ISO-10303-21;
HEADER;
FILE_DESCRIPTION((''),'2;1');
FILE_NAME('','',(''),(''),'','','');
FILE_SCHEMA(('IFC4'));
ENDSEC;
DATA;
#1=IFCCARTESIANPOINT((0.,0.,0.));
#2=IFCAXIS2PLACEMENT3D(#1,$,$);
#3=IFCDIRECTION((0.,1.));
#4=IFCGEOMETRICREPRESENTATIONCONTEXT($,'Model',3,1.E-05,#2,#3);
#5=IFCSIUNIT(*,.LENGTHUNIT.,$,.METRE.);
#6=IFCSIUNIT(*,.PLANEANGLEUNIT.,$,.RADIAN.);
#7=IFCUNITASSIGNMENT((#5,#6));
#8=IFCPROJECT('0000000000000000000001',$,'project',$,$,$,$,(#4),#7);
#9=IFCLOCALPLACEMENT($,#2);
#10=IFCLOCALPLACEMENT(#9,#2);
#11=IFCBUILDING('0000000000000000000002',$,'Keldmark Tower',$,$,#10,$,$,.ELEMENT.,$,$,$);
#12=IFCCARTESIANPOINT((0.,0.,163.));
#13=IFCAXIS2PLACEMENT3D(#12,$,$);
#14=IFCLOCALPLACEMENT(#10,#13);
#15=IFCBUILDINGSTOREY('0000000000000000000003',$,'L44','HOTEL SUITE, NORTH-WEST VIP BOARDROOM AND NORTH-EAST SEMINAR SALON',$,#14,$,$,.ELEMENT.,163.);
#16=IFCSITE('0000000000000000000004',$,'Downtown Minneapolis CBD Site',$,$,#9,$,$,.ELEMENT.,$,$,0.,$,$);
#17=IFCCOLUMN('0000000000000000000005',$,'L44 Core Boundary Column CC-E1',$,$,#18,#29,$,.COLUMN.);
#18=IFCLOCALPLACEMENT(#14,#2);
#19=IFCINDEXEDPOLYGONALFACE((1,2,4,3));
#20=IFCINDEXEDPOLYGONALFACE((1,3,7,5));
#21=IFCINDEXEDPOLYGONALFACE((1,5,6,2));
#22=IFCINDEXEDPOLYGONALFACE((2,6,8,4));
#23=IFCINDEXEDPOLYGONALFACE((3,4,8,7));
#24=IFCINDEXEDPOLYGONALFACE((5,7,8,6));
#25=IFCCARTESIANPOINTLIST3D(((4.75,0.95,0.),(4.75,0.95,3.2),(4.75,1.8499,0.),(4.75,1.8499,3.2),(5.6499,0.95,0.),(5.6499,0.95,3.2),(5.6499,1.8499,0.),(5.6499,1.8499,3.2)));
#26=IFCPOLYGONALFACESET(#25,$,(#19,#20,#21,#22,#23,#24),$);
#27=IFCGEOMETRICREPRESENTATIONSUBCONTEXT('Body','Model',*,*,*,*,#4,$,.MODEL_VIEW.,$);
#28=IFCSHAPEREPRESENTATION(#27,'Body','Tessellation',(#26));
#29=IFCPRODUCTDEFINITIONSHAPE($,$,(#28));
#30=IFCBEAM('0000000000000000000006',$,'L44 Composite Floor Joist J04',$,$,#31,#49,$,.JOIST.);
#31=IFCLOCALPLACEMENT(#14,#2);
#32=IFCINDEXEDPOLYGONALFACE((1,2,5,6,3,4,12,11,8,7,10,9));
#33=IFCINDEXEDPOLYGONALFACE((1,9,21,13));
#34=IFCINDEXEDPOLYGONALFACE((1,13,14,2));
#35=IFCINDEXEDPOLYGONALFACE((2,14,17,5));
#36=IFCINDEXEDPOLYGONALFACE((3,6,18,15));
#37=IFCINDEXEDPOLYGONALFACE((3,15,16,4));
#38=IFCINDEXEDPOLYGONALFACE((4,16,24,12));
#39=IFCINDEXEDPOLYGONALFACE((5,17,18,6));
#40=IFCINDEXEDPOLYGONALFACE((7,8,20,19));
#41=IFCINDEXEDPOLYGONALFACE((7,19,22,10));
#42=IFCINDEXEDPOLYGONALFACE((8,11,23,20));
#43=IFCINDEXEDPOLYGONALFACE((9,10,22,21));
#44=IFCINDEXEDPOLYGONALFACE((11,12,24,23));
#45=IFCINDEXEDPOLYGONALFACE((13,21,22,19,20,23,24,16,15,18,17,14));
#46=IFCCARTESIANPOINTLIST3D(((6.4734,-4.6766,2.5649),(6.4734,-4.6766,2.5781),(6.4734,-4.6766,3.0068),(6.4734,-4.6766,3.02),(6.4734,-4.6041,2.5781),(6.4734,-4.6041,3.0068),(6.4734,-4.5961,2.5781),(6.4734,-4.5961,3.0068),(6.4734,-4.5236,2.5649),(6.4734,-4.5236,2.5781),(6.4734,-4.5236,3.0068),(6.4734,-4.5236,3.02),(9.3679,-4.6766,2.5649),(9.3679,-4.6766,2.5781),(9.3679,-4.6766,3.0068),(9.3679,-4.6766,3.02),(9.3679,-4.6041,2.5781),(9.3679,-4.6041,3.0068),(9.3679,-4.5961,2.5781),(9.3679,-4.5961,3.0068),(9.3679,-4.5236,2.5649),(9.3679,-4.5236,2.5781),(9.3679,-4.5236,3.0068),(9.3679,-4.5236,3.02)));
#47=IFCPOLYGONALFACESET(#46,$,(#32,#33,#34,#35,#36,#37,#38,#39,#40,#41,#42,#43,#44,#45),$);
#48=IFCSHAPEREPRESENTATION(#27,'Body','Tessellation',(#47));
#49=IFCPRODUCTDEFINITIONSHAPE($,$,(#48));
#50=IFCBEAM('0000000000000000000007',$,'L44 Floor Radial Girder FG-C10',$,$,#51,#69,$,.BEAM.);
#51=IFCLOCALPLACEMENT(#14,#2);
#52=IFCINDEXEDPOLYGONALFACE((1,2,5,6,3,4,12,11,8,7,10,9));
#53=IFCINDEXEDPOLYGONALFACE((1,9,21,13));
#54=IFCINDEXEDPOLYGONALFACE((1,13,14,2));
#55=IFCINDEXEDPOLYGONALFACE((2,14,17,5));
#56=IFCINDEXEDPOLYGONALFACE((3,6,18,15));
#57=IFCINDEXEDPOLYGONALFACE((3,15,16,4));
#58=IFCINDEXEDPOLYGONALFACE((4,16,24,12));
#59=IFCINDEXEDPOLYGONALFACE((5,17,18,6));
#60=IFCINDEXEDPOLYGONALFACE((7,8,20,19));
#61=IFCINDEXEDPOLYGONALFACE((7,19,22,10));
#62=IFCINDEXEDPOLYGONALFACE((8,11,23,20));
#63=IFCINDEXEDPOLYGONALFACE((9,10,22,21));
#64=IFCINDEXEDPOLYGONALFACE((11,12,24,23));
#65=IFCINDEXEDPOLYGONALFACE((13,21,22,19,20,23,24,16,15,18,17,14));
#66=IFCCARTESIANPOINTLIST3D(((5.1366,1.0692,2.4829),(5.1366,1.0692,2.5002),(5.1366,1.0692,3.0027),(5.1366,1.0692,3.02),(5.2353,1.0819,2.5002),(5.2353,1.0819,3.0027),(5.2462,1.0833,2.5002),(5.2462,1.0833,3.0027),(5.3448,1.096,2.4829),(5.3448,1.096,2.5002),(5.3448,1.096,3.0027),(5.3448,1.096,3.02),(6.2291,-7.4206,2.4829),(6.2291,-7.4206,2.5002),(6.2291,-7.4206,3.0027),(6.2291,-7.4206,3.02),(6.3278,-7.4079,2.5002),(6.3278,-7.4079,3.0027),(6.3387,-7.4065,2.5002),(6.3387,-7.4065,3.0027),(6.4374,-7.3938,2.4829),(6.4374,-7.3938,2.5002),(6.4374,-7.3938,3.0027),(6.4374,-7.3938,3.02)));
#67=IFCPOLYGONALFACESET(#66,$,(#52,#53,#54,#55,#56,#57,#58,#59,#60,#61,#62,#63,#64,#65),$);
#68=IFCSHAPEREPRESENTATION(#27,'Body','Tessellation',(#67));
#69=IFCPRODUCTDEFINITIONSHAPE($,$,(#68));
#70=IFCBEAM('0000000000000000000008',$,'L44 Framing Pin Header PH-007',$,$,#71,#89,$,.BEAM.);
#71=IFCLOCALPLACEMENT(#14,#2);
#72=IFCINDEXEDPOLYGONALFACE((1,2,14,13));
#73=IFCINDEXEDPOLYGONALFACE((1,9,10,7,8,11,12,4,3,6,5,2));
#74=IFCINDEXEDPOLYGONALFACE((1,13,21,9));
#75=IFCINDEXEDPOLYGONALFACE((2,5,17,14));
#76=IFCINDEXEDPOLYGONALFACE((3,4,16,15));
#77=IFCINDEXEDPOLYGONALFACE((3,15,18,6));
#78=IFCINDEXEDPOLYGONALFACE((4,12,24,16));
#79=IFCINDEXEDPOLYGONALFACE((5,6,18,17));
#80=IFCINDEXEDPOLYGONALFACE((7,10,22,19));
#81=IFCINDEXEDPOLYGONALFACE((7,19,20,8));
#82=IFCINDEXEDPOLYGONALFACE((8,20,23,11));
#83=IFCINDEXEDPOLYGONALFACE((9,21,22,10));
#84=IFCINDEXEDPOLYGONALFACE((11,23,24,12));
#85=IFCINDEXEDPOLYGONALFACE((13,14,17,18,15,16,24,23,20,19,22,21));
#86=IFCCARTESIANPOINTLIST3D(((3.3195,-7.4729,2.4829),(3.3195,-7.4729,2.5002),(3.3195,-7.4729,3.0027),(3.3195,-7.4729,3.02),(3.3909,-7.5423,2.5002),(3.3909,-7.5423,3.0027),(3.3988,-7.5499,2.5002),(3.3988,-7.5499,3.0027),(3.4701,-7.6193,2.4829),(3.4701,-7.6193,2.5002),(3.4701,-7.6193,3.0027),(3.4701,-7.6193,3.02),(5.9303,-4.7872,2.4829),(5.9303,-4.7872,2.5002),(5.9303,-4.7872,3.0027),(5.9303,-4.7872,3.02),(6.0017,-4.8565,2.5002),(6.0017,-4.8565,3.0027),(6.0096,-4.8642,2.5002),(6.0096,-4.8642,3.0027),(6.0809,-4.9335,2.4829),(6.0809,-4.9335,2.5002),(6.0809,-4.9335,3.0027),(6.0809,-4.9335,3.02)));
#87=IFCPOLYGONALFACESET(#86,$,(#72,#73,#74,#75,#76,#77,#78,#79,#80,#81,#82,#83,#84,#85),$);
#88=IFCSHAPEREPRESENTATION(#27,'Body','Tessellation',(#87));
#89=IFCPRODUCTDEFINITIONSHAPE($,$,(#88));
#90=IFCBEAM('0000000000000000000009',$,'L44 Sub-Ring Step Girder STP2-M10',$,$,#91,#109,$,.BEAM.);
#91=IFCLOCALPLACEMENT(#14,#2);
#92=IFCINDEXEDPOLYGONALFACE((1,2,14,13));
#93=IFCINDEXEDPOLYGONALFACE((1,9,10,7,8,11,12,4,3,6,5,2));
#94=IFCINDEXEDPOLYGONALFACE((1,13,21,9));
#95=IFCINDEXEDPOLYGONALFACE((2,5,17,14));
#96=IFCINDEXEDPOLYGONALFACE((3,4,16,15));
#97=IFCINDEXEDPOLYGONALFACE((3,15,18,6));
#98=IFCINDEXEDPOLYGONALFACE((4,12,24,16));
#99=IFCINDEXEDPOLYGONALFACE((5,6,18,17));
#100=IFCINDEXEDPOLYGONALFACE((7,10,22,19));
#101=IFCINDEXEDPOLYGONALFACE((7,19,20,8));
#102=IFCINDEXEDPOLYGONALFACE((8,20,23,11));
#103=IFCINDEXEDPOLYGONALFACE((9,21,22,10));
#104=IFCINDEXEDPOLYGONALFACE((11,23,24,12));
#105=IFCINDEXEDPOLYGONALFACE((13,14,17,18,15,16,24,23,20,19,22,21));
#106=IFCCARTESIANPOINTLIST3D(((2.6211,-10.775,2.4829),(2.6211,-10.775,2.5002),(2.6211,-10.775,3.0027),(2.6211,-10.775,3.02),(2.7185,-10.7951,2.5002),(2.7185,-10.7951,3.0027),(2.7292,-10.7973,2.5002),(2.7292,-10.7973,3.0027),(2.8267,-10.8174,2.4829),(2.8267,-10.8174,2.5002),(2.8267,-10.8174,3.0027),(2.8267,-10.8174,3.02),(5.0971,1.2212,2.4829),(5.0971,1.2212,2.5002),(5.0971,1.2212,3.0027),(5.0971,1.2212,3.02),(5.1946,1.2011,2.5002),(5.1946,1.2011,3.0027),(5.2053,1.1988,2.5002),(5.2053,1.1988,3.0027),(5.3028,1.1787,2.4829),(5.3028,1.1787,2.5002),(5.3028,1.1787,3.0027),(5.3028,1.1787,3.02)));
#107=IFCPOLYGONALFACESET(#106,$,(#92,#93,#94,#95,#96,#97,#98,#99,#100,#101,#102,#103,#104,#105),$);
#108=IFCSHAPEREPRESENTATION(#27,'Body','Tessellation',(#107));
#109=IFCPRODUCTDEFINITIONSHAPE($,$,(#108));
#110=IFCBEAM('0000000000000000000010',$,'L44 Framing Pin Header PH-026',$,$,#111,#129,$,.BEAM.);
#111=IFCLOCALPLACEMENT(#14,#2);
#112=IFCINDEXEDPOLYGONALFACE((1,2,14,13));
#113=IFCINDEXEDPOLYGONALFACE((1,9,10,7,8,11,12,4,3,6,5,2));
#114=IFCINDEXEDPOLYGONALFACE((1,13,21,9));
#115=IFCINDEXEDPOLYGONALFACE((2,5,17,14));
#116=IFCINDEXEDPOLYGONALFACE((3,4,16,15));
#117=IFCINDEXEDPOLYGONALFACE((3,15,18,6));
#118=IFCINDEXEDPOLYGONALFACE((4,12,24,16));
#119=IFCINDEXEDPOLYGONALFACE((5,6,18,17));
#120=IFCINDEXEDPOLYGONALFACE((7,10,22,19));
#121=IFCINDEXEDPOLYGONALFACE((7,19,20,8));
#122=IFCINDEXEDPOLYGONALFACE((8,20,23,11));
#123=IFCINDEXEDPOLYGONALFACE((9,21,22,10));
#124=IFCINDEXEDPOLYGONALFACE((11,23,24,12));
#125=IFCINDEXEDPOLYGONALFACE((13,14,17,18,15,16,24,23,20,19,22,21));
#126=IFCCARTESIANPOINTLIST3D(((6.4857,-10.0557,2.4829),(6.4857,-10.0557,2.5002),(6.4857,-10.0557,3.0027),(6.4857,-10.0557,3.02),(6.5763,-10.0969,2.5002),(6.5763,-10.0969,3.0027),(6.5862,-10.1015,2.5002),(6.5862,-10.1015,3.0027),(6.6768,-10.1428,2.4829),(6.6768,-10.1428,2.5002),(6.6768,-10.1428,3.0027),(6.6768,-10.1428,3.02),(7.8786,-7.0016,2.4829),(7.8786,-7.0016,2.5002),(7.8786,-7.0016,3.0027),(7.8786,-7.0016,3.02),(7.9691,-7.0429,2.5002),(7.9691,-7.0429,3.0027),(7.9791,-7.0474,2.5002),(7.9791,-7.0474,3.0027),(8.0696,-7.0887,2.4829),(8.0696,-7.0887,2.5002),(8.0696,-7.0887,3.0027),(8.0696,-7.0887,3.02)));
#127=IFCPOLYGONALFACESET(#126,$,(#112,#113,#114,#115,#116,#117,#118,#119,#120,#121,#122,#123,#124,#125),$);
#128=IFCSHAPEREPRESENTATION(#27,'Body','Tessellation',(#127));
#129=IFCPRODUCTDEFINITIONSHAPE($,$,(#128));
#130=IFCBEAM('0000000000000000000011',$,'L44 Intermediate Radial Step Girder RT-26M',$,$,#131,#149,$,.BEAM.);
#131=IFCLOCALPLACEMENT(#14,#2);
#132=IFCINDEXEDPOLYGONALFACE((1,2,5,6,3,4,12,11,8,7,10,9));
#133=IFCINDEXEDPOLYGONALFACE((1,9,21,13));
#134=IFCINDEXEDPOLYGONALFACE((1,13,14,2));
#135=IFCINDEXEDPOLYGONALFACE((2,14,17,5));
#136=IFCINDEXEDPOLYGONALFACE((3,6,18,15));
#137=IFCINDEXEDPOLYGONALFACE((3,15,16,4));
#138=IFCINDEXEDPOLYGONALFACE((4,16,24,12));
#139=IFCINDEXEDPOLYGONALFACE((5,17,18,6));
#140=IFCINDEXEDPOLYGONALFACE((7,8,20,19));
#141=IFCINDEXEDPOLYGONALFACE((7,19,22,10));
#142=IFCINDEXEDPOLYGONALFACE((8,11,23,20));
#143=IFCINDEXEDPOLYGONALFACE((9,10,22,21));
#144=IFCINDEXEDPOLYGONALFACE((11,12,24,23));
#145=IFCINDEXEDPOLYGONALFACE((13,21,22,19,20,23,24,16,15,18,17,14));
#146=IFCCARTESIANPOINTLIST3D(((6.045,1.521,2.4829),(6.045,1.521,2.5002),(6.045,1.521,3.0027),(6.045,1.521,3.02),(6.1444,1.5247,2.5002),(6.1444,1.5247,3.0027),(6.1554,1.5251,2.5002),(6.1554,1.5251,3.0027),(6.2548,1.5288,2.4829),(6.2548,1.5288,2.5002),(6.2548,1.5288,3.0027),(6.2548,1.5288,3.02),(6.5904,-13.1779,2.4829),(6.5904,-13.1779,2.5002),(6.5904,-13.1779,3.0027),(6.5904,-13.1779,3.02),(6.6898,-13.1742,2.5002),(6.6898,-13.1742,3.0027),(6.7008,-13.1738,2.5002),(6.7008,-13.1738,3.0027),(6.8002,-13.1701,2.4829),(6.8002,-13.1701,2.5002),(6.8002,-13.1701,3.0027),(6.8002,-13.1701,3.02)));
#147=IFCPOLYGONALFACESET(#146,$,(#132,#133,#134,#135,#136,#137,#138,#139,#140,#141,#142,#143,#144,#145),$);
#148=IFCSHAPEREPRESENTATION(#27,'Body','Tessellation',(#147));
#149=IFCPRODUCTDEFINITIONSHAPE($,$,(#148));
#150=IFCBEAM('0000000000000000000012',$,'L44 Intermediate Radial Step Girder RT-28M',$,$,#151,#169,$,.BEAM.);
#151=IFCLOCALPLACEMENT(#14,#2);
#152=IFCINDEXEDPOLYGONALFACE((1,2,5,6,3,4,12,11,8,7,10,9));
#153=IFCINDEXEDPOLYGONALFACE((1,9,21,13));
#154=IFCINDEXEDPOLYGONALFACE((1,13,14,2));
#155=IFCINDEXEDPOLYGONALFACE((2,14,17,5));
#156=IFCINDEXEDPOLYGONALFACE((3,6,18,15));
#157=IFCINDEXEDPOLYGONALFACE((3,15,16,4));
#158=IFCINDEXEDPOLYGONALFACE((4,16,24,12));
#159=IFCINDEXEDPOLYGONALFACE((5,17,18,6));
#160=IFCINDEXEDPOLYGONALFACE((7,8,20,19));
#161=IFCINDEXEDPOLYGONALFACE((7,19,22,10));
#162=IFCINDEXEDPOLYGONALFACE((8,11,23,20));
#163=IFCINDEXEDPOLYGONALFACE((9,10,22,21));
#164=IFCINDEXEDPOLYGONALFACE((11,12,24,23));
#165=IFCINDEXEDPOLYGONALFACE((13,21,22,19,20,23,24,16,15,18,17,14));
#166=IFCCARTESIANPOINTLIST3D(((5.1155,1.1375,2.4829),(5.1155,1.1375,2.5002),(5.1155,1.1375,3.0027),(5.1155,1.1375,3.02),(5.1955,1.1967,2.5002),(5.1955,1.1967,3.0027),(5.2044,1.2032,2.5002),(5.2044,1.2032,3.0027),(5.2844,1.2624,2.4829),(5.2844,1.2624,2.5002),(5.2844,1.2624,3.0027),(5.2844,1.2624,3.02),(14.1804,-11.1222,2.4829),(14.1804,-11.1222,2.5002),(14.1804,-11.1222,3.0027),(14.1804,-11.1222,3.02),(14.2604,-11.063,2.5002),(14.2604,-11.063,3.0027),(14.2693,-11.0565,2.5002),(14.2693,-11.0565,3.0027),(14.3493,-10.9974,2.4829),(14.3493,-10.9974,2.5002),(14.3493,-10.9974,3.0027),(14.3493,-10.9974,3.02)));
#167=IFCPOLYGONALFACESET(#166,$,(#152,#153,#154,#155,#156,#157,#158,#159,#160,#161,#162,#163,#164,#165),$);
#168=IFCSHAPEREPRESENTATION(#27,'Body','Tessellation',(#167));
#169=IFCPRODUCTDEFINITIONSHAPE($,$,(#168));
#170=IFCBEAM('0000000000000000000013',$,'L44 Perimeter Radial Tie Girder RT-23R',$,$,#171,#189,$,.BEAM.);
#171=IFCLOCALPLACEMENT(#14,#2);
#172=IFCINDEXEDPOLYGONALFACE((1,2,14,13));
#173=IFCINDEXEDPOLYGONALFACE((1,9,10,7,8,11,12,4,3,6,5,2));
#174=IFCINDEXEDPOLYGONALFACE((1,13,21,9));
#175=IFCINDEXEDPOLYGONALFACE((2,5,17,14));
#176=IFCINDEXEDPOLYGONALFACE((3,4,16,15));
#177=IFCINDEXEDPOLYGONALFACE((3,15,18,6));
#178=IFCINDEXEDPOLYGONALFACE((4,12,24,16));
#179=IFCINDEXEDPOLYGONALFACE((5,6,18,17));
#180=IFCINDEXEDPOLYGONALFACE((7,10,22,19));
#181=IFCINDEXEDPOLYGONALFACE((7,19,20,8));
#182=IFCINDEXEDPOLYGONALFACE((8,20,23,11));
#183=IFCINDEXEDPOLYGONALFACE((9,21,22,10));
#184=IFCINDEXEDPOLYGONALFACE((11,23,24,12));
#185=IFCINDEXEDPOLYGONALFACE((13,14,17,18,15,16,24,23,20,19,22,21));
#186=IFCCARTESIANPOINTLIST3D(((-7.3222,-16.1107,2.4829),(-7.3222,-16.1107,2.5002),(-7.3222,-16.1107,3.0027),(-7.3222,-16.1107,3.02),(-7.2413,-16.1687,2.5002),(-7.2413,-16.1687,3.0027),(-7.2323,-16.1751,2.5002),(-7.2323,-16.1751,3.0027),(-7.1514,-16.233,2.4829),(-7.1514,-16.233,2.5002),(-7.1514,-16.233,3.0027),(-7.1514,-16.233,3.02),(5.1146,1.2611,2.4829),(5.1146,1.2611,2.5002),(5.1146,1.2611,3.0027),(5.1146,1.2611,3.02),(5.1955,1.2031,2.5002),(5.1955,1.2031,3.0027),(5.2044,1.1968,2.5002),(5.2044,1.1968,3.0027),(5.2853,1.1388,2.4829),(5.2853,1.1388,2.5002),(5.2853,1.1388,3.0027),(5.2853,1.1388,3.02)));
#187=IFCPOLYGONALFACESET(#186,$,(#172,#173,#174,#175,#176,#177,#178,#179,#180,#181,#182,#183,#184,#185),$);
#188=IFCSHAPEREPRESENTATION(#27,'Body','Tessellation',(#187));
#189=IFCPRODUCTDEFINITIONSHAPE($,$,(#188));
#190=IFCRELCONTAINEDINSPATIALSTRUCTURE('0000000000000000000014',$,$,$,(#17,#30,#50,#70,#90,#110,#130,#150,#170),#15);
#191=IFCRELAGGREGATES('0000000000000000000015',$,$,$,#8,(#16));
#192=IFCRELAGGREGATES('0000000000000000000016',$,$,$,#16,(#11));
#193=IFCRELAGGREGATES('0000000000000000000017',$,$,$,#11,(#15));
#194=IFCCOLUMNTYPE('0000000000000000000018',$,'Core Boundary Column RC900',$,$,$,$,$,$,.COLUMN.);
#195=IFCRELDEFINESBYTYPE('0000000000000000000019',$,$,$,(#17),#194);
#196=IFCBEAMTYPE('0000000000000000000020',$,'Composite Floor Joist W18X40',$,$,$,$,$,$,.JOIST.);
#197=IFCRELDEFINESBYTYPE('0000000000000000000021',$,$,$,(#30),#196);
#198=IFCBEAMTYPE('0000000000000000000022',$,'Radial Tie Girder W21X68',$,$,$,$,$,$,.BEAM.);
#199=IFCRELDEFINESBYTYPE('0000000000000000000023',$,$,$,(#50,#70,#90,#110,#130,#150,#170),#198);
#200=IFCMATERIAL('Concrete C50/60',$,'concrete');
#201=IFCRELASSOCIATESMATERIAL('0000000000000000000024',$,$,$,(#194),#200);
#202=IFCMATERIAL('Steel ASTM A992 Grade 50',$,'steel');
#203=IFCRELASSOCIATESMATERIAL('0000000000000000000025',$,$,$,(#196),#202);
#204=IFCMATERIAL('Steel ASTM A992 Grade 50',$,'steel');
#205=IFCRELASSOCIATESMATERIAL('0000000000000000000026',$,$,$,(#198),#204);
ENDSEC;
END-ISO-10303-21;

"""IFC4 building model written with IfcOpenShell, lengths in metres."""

from ifc_helpers import new_model, si_unit, direction, frame, origin, origin_2d, place, context, subcontext, project, spatial, rectangle, i_section, extrude, material, material_profile, profile_set, type_object, element, save


model = new_model("IFC4")

# Units and contexts
model_context = context("Model", 3, precision=1e-05, world=origin(), true_north=direction((0.0, 1.0)))
body_context = subcontext(model_context, "Body", "Model", "MODEL_VIEW")
ifc_project = project(units=[si_unit("LENGTHUNIT", "METRE"), si_unit("PLANEANGLEUNIT", "RADIAN")], contexts=[model_context])

# Site, building, storey
site_placement = place(None, origin())
site = spatial("IfcSite", under=ifc_project, at=site_placement, Name="Downtown Minneapolis CBD Site", CompositionType="ELEMENT", RefElevation=0.0)
building_placement = place(site_placement, origin())
building = spatial("IfcBuilding", under=site, at=building_placement, Name="Keldmark Tower", CompositionType="ELEMENT")
storey_placement = place(building_placement, frame((0.0, 0.0, 163.0)))
storey = spatial("IfcBuildingStorey", under=building, at=storey_placement, Name="L44", Description="HOTEL SUITE, NORTH-WEST VIP BOARDROOM AND NORTH-EAST SEMINAR SALON", CompositionType="ELEMENT", Elevation=163.0)

# Column
ifc_material_1 = material(Name="Concrete C50/60", Category="concrete")
ifc_material_profile_1 = material_profile(ifc_material_1, rectangle(XDim=0.8999, YDim=0.8999, at=origin_2d()), Name="RC900X900")
ifc_profile_set_1 = profile_set([ifc_material_profile_1], Name="Concrete C50/60")
column_type = type_object("IfcColumnType", Name="Core Boundary Column RC900", PredefinedType="COLUMN", material=ifc_profile_set_1)
column_placement = place(storey_placement, frame((5.2, 1.3999, 0.0), z_axis=(0.0, 0.0, 1.0), x_axis=(1.0, 0.0, 0.0)))
element("IfcColumn", 1, at=column_placement, inside=storey, type_object=column_type, Name="L44 Core Boundary Column CC-E1", PredefinedType="COLUMN", context=body_context, shape_type="SweptSolid", body=[
    extrude(rectangle(XDim=0.8999, YDim=0.8999, at=origin_2d()), origin(), (0.0, 0.0, 1.0), 3.2),
])

# Beams
ifc_material_2 = material(Name="Steel ASTM A992 Grade 50", Category="steel")
ifc_material_profile_2 = material_profile(ifc_material_2, i_section(OverallWidth=0.1531, OverallDepth=0.4551, WebThickness=0.0081, FlangeThickness=0.0132, at=origin_2d()), Name="W18X40")
ifc_profile_set_2 = profile_set([ifc_material_profile_2], Name="Steel ASTM A992 Grade 50")
beam_type_1 = type_object("IfcBeamType", Name="Composite Floor Joist W18X40", PredefinedType="JOIST", material=ifc_profile_set_2)
beam_1_placement = place(storey_placement, frame((6.4734, -4.6001, 2.7925), z_axis=(1.0, 0.0, 0.0), x_axis=(0.0, 1.0, 0.0)))
element("IfcBeam", 2, at=beam_1_placement, inside=storey, type_object=beam_type_1, Name="L44 Composite Floor Joist J04", PredefinedType="JOIST", context=body_context, shape_type="SweptSolid", body=[
    extrude(i_section(OverallWidth=0.1531, OverallDepth=0.4551, WebThickness=0.0081, FlangeThickness=0.0132, at=origin_2d()), origin(), (0.0, 0.0, 1.0), 2.8945),
])
ifc_material_3 = material(Name="Steel ASTM A992 Grade 50", Category="steel")
ifc_material_profile_3 = material_profile(ifc_material_3, i_section(OverallWidth=0.21, OverallDepth=0.5371, WebThickness=0.011, FlangeThickness=0.0173, at=origin_2d()), Name="W21X68")
ifc_profile_set_3 = profile_set([ifc_material_profile_3], Name="Steel ASTM A992 Grade 50")
beam_type_2 = type_object("IfcBeamType", Name="Radial Tie Girder W21X68", PredefinedType="BEAM", material=ifc_profile_set_3)
beam_2_placement = place(storey_placement, frame((6.3333, -7.4072, 2.7515), z_axis=(-0.127636, 0.991821, 0.0), x_axis=(-0.991821, -0.127636, 0.0)))
element("IfcBeam", 3, at=beam_2_placement, inside=storey, type_object=beam_type_2, Name="L44 Floor Radial Girder FG-C10", PredefinedType="BEAM", context=body_context, shape_type="SweptSolid", body=[
    extrude(i_section(OverallWidth=0.21, OverallDepth=0.5371, WebThickness=0.011, FlangeThickness=0.0173, at=origin_2d()), origin(), (0.0, 0.0, 1.0), 8.5598),
])
beam_3_placement = place(storey_placement, frame((6.0056, -4.8604, 2.7515), z_axis=(-0.697031, -0.717041, 0.0), x_axis=(0.717041, -0.697031, 0.0)))
element("IfcBeam", 4, at=beam_3_placement, inside=storey, type_object=beam_type_2, Name="L44 Framing Pin Header PH-007", PredefinedType="BEAM", context=body_context, shape_type="SweptSolid", body=[
    extrude(i_section(OverallWidth=0.21, OverallDepth=0.5371, WebThickness=0.011, FlangeThickness=0.0173, at=origin_2d()), origin(), (0.0, 0.0, 1.0), 3.7456),
])
beam_4_placement = place(storey_placement, frame((5.2, 1.2, 2.7515), z_axis=(-0.202146, -0.979355, 0.0), x_axis=(0.979355, -0.202146, 0.0)))
element("IfcBeam", 5, at=beam_4_placement, inside=storey, type_object=beam_type_2, Name="L44 Sub-Ring Step Girder STP2-M10", PredefinedType="BEAM", context=body_context, shape_type="SweptSolid", body=[
    extrude(i_section(OverallWidth=0.21, OverallDepth=0.5371, WebThickness=0.011, FlangeThickness=0.0173, at=origin_2d()), origin(), (0.0, 0.0, 1.0), 12.249),
])
beam_5_placement = place(storey_placement, frame((7.9741, -7.0452, 2.7515), z_axis=(-0.414953, -0.909843, 0.0), x_axis=(0.909843, -0.414953, 0.0)))
element("IfcBeam", 6, at=beam_5_placement, inside=storey, type_object=beam_type_2, Name="L44 Framing Pin Header PH-026", PredefinedType="BEAM", context=body_context, shape_type="SweptSolid", body=[
    extrude(i_section(OverallWidth=0.21, OverallDepth=0.5371, WebThickness=0.011, FlangeThickness=0.0173, at=origin_2d()), origin(), (0.0, 0.0, 1.0), 3.3567),
])
beam_6_placement = place(storey_placement, frame((6.1499, 1.5249, 2.7515), z_axis=(0.03708, -0.999312, 0.0), x_axis=(0.999312, 0.03708, 0.0)))
element("IfcBeam", 7, at=beam_6_placement, inside=storey, type_object=beam_type_2, Name="L44 Intermediate Radial Step Girder RT-26M", PredefinedType="BEAM", context=body_context, shape_type="SweptSolid", body=[
    extrude(i_section(OverallWidth=0.21, OverallDepth=0.5371, WebThickness=0.011, FlangeThickness=0.0173, at=origin_2d()), origin(), (0.0, 0.0, 1.0), 14.709),
])
beam_7_placement = place(storey_placement, frame((5.2, 1.2, 2.7515), z_axis=(0.594534, -0.80407, 0.0), x_axis=(0.80407, 0.594534, 0.0)))
element("IfcBeam", 8, at=beam_7_placement, inside=storey, type_object=beam_type_2, Name="L44 Intermediate Radial Step Girder RT-28M", PredefinedType="BEAM", context=body_context, shape_type="SweptSolid", body=[
    extrude(i_section(OverallWidth=0.21, OverallDepth=0.5371, WebThickness=0.011, FlangeThickness=0.0173, at=origin_2d()), origin(), (0.0, 0.0, 1.0), 15.2471),
])
beam_8_placement = place(storey_placement, frame((5.2, 1.2, 2.7515), z_axis=(-0.582116, -0.813106, 0.0), x_axis=(0.813106, -0.582116, 0.0)))
element("IfcBeam", 9, at=beam_8_placement, inside=storey, type_object=beam_type_2, Name="L44 Perimeter Radial Tie Girder RT-23R", PredefinedType="BEAM", context=body_context, shape_type="SweptSolid", body=[
    extrude(i_section(OverallWidth=0.21, OverallDepth=0.5371, WebThickness=0.011, FlangeThickness=0.0173, at=origin_2d()), origin(), (0.0, 0.0, 1.0), 21.3647),
])

save(model, "model.ifc")
